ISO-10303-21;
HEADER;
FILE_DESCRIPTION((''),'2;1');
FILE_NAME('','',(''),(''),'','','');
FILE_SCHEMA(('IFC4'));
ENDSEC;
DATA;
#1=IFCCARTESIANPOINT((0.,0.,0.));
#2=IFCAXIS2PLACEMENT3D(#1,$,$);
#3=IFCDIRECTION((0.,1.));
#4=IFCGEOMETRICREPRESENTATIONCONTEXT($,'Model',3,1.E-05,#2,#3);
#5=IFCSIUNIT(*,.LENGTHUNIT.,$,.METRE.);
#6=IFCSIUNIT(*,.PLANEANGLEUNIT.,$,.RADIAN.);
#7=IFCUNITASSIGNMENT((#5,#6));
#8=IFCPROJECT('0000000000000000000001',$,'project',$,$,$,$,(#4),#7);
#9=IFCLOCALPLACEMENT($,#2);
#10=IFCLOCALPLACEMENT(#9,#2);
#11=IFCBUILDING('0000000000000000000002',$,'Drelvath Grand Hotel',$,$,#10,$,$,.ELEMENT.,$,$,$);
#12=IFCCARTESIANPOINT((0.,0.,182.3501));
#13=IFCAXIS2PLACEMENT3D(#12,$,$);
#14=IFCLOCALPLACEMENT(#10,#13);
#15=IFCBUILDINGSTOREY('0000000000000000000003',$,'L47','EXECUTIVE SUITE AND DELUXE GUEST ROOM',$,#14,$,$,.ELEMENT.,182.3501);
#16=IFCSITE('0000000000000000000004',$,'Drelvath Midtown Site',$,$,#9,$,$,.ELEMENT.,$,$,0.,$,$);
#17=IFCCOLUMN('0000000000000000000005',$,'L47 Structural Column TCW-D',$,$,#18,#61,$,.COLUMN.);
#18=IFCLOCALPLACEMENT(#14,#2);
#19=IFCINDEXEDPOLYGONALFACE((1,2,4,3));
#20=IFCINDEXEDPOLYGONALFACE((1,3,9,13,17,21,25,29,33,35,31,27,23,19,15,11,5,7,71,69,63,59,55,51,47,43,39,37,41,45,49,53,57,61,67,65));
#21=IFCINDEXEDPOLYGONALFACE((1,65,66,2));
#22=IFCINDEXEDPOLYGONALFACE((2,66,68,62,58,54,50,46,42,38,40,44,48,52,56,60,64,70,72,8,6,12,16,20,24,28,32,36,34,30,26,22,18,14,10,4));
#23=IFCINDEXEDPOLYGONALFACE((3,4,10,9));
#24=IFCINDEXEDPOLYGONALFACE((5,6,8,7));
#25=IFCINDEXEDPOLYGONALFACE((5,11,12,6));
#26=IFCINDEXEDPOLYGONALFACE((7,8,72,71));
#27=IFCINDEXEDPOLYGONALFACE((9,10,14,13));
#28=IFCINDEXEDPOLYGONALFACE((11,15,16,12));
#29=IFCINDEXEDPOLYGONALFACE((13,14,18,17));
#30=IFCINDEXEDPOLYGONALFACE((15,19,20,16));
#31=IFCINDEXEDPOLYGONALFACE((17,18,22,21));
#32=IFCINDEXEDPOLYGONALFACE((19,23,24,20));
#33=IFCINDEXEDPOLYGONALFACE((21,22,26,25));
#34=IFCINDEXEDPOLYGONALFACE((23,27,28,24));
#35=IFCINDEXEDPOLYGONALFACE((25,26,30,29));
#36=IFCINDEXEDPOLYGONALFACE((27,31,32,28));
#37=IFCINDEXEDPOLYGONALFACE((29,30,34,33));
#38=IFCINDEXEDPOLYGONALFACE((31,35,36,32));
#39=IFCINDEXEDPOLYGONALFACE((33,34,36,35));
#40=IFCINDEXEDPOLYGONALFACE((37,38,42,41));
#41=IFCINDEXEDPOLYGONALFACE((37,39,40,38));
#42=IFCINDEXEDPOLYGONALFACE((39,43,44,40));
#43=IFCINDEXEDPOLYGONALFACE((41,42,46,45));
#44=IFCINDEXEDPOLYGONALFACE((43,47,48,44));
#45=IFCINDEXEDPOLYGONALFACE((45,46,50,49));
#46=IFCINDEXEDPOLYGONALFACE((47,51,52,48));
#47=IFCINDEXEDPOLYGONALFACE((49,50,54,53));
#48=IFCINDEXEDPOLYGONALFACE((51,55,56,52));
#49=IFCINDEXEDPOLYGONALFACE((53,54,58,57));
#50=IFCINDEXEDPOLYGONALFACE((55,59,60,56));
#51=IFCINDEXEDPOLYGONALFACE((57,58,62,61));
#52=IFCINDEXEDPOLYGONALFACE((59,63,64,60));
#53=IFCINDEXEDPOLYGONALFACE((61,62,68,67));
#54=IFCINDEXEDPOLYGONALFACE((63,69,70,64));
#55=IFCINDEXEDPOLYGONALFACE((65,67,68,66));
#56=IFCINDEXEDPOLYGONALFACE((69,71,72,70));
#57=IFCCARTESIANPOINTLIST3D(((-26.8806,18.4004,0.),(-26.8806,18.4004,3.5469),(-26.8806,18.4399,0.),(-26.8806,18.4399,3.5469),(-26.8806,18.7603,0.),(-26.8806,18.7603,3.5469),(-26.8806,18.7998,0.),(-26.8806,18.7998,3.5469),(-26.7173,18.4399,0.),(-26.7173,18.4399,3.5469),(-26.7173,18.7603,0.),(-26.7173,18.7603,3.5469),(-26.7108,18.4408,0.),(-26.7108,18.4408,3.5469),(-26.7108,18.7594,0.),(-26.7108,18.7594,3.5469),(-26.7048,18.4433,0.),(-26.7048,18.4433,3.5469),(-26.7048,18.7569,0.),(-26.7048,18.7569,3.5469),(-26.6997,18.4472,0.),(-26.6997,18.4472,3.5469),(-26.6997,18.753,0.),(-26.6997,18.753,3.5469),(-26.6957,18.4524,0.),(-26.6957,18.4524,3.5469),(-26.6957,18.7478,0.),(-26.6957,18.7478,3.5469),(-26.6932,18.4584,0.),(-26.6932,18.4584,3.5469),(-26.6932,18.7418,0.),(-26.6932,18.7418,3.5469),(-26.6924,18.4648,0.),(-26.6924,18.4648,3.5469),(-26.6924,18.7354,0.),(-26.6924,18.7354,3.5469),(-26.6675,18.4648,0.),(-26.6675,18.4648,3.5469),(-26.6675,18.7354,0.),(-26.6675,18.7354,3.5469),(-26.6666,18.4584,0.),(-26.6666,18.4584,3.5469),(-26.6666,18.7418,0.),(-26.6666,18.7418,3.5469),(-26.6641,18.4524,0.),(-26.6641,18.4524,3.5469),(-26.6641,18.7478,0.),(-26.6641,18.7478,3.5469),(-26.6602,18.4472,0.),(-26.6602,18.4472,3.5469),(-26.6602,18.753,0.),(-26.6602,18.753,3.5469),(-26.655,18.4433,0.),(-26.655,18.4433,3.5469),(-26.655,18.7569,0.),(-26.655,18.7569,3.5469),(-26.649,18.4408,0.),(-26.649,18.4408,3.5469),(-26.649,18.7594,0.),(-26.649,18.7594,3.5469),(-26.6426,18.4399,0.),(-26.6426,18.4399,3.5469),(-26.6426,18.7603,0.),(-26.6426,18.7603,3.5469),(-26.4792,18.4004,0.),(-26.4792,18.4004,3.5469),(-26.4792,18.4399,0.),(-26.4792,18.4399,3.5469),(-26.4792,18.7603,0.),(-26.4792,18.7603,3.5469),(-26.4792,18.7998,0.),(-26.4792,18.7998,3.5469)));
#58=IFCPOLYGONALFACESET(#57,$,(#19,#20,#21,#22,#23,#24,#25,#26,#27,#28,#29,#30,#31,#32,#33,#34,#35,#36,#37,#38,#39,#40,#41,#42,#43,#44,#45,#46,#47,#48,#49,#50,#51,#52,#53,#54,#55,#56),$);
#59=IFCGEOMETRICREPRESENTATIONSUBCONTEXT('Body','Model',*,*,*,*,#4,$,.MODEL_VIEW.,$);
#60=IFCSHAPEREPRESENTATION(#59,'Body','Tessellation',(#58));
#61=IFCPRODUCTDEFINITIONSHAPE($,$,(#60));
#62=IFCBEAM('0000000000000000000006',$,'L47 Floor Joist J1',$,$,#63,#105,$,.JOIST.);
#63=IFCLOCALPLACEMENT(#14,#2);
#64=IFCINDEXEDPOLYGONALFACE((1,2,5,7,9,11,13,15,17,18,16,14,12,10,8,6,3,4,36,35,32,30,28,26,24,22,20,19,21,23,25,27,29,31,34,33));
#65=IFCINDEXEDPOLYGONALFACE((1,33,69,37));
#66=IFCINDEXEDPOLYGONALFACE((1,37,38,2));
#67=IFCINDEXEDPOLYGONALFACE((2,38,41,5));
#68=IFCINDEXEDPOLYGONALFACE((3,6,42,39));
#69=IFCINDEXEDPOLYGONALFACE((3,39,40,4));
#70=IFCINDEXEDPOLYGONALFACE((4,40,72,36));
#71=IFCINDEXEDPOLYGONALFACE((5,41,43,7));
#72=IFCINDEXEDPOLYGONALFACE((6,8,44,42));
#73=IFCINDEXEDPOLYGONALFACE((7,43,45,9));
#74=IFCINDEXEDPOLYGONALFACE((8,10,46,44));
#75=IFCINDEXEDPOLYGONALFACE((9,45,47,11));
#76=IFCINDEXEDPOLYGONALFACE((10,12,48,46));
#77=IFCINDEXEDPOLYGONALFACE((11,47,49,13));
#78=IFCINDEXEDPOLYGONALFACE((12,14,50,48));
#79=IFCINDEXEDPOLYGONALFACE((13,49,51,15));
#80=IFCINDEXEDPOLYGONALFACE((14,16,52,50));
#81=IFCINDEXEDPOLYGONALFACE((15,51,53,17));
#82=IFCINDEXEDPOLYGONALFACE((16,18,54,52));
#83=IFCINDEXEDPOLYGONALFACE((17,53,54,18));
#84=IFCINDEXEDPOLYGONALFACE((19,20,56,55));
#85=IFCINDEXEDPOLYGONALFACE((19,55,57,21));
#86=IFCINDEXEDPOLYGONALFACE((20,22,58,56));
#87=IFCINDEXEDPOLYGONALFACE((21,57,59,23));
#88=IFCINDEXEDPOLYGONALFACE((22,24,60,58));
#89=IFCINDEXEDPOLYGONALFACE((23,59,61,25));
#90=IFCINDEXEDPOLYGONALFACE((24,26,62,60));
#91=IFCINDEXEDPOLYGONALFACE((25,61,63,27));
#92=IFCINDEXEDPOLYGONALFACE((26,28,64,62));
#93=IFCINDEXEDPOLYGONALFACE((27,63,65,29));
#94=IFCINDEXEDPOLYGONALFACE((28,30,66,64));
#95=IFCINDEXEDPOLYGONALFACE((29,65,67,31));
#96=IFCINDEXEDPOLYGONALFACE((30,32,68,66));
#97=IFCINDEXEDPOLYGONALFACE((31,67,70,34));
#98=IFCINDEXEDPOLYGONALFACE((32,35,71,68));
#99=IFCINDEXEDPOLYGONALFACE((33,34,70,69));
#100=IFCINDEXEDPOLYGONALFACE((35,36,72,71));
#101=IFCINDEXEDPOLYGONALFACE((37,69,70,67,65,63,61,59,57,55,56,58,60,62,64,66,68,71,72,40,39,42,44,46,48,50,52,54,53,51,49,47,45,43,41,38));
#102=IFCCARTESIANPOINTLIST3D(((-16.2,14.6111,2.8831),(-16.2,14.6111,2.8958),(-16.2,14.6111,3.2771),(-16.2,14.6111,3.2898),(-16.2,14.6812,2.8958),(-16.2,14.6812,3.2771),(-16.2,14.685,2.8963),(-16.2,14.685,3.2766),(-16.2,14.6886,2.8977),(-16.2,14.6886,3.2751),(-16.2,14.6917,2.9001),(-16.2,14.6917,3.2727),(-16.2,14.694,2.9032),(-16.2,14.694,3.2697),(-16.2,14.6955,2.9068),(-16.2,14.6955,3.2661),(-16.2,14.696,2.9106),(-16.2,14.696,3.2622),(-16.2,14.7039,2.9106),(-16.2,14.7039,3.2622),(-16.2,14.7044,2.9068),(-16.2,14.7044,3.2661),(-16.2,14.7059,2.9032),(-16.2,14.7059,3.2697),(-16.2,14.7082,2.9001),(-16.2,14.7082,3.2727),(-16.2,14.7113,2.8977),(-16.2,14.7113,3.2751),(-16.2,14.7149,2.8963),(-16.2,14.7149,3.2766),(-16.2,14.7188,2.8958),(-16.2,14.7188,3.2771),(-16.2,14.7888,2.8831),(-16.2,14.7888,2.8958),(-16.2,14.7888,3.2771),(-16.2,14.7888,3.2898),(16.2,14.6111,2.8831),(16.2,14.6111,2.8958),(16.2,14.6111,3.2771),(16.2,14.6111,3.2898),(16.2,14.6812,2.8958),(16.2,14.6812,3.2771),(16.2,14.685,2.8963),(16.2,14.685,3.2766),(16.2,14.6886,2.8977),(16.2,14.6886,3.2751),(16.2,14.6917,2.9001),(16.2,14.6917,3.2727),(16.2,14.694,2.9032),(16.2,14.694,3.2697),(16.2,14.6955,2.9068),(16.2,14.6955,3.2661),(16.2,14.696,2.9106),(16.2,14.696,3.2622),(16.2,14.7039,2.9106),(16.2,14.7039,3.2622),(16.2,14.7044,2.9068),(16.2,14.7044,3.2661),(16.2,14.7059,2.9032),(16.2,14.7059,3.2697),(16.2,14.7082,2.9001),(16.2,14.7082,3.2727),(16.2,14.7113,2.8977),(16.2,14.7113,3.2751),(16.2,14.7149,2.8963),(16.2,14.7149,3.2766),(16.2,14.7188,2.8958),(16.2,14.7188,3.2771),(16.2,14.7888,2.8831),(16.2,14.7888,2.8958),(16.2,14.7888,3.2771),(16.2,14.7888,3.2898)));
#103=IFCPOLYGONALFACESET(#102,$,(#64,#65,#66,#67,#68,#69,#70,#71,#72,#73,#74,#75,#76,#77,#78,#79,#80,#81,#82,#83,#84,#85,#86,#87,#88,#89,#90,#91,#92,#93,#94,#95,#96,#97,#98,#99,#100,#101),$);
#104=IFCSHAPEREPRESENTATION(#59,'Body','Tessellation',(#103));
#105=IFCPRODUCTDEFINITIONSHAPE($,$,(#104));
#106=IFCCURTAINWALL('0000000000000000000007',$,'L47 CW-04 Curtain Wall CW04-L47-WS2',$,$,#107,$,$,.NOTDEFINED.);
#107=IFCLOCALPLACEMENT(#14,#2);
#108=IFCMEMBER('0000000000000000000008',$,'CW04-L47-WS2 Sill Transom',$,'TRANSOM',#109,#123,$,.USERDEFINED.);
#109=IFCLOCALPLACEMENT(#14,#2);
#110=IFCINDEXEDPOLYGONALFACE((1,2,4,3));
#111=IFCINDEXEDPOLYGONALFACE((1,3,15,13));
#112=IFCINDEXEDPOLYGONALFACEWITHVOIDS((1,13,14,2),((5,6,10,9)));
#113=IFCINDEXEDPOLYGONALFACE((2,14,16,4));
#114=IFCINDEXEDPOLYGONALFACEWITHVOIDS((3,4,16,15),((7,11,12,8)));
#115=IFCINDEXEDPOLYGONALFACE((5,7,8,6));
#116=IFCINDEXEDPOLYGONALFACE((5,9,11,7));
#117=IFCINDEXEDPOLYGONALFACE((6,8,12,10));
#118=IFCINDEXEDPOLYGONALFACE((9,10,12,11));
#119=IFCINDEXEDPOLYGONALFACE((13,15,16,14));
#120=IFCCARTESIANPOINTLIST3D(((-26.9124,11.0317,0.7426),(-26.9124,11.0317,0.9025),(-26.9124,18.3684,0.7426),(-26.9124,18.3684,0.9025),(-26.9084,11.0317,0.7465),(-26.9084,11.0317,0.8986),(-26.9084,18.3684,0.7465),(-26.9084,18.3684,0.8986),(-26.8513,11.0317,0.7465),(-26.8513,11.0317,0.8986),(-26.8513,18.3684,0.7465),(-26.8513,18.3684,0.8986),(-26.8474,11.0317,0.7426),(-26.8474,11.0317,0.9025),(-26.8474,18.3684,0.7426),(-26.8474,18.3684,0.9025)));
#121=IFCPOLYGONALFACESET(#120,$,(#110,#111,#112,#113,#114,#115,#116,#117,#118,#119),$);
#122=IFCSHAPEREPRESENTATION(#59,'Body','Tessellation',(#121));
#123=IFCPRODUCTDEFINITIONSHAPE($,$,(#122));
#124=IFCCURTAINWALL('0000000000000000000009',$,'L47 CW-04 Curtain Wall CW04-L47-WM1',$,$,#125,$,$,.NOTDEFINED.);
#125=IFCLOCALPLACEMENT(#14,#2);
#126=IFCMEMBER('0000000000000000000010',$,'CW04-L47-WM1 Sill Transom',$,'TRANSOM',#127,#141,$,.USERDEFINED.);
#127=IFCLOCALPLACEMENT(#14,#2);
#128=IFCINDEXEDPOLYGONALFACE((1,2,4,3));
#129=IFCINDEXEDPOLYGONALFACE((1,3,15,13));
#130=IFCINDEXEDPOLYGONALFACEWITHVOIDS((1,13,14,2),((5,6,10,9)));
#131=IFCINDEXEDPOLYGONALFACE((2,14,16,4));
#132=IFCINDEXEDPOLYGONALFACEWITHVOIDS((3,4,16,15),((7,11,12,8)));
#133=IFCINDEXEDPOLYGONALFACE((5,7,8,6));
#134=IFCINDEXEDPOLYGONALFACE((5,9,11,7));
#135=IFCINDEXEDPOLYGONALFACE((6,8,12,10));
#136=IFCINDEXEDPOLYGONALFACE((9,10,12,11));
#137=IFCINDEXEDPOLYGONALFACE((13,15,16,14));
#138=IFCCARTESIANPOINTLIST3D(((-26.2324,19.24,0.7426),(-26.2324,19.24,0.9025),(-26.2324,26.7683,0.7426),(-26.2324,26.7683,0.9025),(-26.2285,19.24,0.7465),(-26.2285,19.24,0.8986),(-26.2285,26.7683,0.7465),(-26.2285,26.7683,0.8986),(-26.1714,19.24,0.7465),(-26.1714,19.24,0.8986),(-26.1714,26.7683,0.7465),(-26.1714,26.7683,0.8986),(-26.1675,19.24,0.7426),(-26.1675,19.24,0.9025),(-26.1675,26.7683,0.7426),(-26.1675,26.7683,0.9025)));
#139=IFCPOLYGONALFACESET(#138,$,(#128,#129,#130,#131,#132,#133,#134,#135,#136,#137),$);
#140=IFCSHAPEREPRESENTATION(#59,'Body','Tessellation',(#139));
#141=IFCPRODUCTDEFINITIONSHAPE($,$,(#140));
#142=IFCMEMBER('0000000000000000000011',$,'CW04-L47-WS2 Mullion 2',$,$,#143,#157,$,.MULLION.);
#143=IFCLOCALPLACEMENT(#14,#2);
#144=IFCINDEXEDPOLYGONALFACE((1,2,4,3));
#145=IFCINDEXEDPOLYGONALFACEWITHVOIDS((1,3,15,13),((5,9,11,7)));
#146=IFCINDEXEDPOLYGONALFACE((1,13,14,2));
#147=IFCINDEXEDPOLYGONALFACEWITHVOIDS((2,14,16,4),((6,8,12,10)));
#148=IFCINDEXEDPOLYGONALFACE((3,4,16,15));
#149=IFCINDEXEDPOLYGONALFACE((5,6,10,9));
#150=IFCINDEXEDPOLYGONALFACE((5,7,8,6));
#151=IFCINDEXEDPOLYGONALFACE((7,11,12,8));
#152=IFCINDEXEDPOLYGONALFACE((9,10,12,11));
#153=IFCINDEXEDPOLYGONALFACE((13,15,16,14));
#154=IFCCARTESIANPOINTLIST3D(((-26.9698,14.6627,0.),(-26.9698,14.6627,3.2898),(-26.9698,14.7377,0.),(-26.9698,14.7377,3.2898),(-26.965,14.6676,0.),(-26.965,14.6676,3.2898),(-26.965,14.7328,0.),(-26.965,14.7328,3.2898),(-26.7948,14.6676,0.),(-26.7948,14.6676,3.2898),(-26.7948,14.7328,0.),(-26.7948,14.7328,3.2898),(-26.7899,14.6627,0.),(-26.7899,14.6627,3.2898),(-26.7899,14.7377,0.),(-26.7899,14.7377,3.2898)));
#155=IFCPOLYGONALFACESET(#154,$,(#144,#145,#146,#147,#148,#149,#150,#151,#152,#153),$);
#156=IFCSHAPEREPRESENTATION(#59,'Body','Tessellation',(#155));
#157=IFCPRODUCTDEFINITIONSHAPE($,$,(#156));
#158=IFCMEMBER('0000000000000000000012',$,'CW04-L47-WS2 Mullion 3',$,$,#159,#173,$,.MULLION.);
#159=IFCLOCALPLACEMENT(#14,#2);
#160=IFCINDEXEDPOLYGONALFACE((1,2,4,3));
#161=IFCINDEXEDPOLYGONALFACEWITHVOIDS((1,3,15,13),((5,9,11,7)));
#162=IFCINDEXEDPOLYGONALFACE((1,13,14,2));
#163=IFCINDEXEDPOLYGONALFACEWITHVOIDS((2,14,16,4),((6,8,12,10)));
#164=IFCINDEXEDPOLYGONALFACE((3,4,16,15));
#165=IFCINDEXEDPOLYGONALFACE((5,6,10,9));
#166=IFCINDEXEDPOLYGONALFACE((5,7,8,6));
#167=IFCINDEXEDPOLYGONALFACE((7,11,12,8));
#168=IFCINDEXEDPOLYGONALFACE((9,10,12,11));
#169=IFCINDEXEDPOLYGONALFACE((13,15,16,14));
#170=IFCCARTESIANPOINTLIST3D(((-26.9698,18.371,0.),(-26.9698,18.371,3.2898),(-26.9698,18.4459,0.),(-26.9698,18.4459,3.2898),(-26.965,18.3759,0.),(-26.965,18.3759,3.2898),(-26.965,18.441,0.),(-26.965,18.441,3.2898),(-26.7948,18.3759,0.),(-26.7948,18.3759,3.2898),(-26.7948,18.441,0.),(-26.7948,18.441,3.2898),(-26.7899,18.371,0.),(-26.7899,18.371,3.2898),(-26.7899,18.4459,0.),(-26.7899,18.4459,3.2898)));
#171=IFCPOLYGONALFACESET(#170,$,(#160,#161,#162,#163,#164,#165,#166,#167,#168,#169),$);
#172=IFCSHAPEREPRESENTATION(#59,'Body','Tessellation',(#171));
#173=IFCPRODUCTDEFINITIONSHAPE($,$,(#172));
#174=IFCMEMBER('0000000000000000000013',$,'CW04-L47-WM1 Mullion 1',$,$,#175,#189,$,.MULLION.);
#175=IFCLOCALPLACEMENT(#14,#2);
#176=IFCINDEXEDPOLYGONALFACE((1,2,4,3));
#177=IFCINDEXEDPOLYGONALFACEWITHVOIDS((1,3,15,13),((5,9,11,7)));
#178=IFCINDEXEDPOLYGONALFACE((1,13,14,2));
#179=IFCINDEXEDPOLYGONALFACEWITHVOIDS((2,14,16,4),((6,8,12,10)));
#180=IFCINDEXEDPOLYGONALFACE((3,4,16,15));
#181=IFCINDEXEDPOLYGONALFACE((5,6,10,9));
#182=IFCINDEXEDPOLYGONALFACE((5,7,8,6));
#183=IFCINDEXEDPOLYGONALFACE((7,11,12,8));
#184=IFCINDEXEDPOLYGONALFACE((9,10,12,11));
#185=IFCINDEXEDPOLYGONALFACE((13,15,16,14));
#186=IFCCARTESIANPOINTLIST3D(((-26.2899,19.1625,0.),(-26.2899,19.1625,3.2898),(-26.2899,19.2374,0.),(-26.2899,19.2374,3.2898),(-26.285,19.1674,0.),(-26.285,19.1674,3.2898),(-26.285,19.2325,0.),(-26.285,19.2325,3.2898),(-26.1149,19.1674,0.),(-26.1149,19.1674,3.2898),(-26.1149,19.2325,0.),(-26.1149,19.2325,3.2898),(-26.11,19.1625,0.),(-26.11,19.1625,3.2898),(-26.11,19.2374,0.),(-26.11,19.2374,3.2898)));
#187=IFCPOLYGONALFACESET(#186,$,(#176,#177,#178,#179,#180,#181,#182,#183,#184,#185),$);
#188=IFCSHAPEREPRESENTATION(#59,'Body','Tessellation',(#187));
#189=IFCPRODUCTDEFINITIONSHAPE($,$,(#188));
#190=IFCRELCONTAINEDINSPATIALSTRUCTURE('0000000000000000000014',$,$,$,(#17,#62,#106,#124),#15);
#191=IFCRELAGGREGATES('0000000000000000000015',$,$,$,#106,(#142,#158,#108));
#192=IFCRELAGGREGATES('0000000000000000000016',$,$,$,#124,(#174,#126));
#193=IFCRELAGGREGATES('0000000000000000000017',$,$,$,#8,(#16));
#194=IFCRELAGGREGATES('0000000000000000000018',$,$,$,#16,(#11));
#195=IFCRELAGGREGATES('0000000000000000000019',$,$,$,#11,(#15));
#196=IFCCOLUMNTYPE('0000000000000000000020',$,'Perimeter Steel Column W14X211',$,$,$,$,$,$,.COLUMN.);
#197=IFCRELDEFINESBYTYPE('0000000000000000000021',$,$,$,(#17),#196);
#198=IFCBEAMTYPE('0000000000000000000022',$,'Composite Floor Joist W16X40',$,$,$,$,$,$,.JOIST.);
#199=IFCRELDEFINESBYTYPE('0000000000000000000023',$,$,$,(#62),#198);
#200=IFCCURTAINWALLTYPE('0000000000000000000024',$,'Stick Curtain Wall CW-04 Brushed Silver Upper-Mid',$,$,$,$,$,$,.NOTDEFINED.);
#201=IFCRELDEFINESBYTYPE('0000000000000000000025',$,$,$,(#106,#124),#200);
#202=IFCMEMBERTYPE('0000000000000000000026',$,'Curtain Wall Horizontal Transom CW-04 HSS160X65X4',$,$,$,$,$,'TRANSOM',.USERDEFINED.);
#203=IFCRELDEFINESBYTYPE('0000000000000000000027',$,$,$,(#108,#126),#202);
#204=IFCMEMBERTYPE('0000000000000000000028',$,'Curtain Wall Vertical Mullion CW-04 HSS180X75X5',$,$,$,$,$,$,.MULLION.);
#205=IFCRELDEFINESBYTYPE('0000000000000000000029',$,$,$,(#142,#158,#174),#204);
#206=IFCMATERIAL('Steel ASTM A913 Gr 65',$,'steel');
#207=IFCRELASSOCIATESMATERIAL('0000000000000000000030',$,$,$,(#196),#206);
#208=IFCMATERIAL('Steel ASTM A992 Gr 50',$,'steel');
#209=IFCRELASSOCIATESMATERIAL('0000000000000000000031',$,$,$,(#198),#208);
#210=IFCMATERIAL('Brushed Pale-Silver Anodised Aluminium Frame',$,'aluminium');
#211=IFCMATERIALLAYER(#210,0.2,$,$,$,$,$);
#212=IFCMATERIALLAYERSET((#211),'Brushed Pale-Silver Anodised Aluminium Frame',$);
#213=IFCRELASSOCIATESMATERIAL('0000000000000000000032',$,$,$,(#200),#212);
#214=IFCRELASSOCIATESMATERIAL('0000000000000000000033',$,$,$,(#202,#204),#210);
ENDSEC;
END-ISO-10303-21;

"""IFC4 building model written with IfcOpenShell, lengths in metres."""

from ifc_helpers import new_model, si_unit, direction, frame, origin, origin_2d, place, context, subcontext, project, spatial, hollow_rectangle, i_section, extrude, material, layer, layer_set, material_profile, profile_set, type_object, element, aggregate, save


model = new_model("IFC4")

# Units and contexts
model_context = context("Model", 3, precision=1e-05, world=origin(), true_north=direction((0.0, 1.0)))
body_context = subcontext(model_context, "Body", "Model", "MODEL_VIEW")
ifc_project = project(units=[si_unit("LENGTHUNIT", "METRE"), si_unit("PLANEANGLEUNIT", "RADIAN")], contexts=[model_context])

# Site, building, storey
site_placement = place(None, origin())
site = spatial("IfcSite", under=ifc_project, at=site_placement, Name="Drelvath Midtown Site", CompositionType="ELEMENT", RefElevation=0.0)
building_placement = place(site_placement, origin())
building = spatial("IfcBuilding", under=site, at=building_placement, Name="Drelvath Grand Hotel", CompositionType="ELEMENT")
storey_placement = place(building_placement, frame((0.0, 0.0, 182.3501)))
storey = spatial("IfcBuildingStorey", under=building, at=storey_placement, Name="L47", Description="EXECUTIVE SUITE AND DELUXE GUEST ROOM", CompositionType="ELEMENT", Elevation=182.3501)

# Column
ifc_material_1 = material(Name="Steel ASTM A913 Gr 65", Category="steel")
ifc_material_profile_1 = material_profile(ifc_material_1, i_section(OverallWidth=0.4014, OverallDepth=0.3994, WebThickness=0.0249, FlangeThickness=0.0396, FilletRadius=0.0249, at=origin_2d()), Name="W14X211")
ifc_profile_set_1 = profile_set([ifc_material_profile_1], Name="Steel ASTM A913 Gr 65")
column_type = type_object("IfcColumnType", Name="Perimeter Steel Column W14X211", PredefinedType="COLUMN", material=ifc_profile_set_1)
column_placement = place(storey_placement, frame((-26.6799, 18.6001, 0.0), z_axis=(0.0, 0.0, 1.0), x_axis=(1.0, 0.0, 0.0)))
element("IfcColumn", 1, at=column_placement, inside=storey, type_object=column_type, Name="L47 Structural Column TCW-D", PredefinedType="COLUMN", context=body_context, shape_type="SweptSolid", body=[
    extrude(i_section(OverallWidth=0.4014, OverallDepth=0.3994, WebThickness=0.0249, FlangeThickness=0.0396, FilletRadius=0.0249, at=origin_2d()), origin(), (0.0, 0.0, 1.0), 3.5469),
])

# Beam
ifc_material_2 = material(Name="Steel ASTM A992 Gr 50", Category="steel")
ifc_material_profile_2 = material_profile(ifc_material_2, i_section(OverallWidth=0.1777, OverallDepth=0.4067, WebThickness=0.0078, FlangeThickness=0.0127, FilletRadius=0.0149, at=origin_2d()), Name="W16X40")
ifc_profile_set_2 = profile_set([ifc_material_profile_2], Name="Steel ASTM A992 Gr 50")
beam_type_1 = type_object("IfcBeamType", Name="Composite Floor Joist W16X40", PredefinedType="JOIST", material=ifc_profile_set_2)
beam_1_placement = place(storey_placement, frame((-16.2, 14.7, 3.0864), z_axis=(1.0, 0.0, 0.0), x_axis=(0.0, 1.0, 0.0)))
element("IfcBeam", 2, at=beam_1_placement, inside=storey, type_object=beam_type_1, Name="L47 Floor Joist J1", PredefinedType="JOIST", context=body_context, shape_type="SweptSolid", body=[
    extrude(i_section(OverallWidth=0.1777, OverallDepth=0.4067, WebThickness=0.0078, FlangeThickness=0.0127, FilletRadius=0.0149, at=origin_2d()), origin(), (0.0, 0.0, 1.0), 32.3999),
])

# Curtain walls, members
ifc_material_3 = material(Name="Brushed Pale-Silver Anodised Aluminium Frame", Category="aluminium")
ifc_layer_1 = layer(ifc_material_3, 0.2)
ifc_layer_set_1 = layer_set([ifc_layer_1], Name="Brushed Pale-Silver Anodised Aluminium Frame")
curtain_wall_type = type_object("IfcCurtainWallType", Name="Stick Curtain Wall CW-04 Brushed Silver Upper-Mid", PredefinedType="NOTDEFINED", material=ifc_layer_set_1)
curtain_wall_1_placement = place(storey_placement, origin())
curtain_wall_1 = element("IfcCurtainWall", 3, at=curtain_wall_1_placement, inside=storey, type_object=curtain_wall_type, Name="L47 CW-04 Curtain Wall CW04-L47-WS2", PredefinedType="NOTDEFINED")
ifc_material_profile_3 = material_profile(ifc_material_3, hollow_rectangle(XDim=0.0649, YDim=0.1599, WallThickness=0.0039, at=origin_2d()), Name="HSS160X65X4")
ifc_profile_set_3 = profile_set([ifc_material_profile_3], Name="Brushed Pale-Silver Anodised Aluminium Frame")
member_type_1 = type_object("IfcMemberType", Name="Curtain Wall Horizontal Transom CW-04 HSS160X65X4", ElementType="TRANSOM", PredefinedType="USERDEFINED", material=ifc_profile_set_3)
member_1_placement = place(storey_placement, frame((-26.8799, 11.0317, 0.8225), z_axis=(0.0, 1.0, 0.0), x_axis=(-1.0, 0.0, 0.0)))
member_1 = element("IfcMember", 4, at=member_1_placement, type_object=member_type_1, Name="CW04-L47-WS2 Sill Transom", ObjectType="TRANSOM", PredefinedType="USERDEFINED", context=body_context, shape_type="SweptSolid", body=[
    extrude(hollow_rectangle(XDim=0.0649, YDim=0.1599, WallThickness=0.0039, at=origin_2d()), origin(), (0.0, 0.0, 1.0), 7.3367),
])
curtain_wall_2_placement = place(storey_placement, origin())
curtain_wall_2 = element("IfcCurtainWall", 5, at=curtain_wall_2_placement, inside=storey, type_object=curtain_wall_type, Name="L47 CW-04 Curtain Wall CW04-L47-WM1", PredefinedType="NOTDEFINED")
member_2_placement = place(storey_placement, frame((-26.2, 19.24, 0.8225), z_axis=(0.0, 1.0, 0.0), x_axis=(-1.0, 0.0, 0.0)))
member_2 = element("IfcMember", 6, at=member_2_placement, type_object=member_type_1, Name="CW04-L47-WM1 Sill Transom", ObjectType="TRANSOM", PredefinedType="USERDEFINED", context=body_context, shape_type="SweptSolid", body=[
    extrude(hollow_rectangle(XDim=0.0649, YDim=0.1599, WallThickness=0.0039, at=origin_2d()), origin(), (0.0, 0.0, 1.0), 7.5283),
])

# Members
ifc_material_profile_4 = material_profile(ifc_material_3, hollow_rectangle(XDim=0.075, YDim=0.1799, WallThickness=0.0049, at=origin_2d()), Name="HSS180X75X5")
ifc_profile_set_4 = profile_set([ifc_material_profile_4], Name="Brushed Pale-Silver Anodised Aluminium Frame")
member_type_2 = type_object("IfcMemberType", Name="Curtain Wall Vertical Mullion CW-04 HSS180X75X5", PredefinedType="MULLION", material=ifc_profile_set_4)
member_3_placement = place(storey_placement, frame((-26.8799, 14.7002, 0.0), z_axis=(0.0, 0.0, 1.0), x_axis=(0.0, 1.0, 0.0)))
member_3 = element("IfcMember", 7, at=member_3_placement, type_object=member_type_2, Name="CW04-L47-WS2 Mullion 2", PredefinedType="MULLION", context=body_context, shape_type="SweptSolid", body=[
    extrude(hollow_rectangle(XDim=0.075, YDim=0.1799, WallThickness=0.0049, at=origin_2d()), origin(), (0.0, 0.0, 1.0), 3.2898),
])
member_4_placement = place(storey_placement, frame((-26.8799, 18.4084, 0.0), z_axis=(0.0, 0.0, 1.0), x_axis=(0.0, 1.0, 0.0)))
member_4 = element("IfcMember", 8, at=member_4_placement, type_object=member_type_2, Name="CW04-L47-WS2 Mullion 3", PredefinedType="MULLION", context=body_context, shape_type="SweptSolid", body=[
    extrude(hollow_rectangle(XDim=0.075, YDim=0.1799, WallThickness=0.0049, at=origin_2d()), origin(), (0.0, 0.0, 1.0), 3.2898),
])
member_5_placement = place(storey_placement, frame((-26.2, 19.2, 0.0), z_axis=(0.0, 0.0, 1.0), x_axis=(0.0, 1.0, 0.0)))
member_5 = element("IfcMember", 9, at=member_5_placement, type_object=member_type_2, Name="CW04-L47-WM1 Mullion 1", PredefinedType="MULLION", context=body_context, shape_type="SweptSolid", body=[
    extrude(hollow_rectangle(XDim=0.075, YDim=0.1799, WallThickness=0.0049, at=origin_2d()), origin(), (0.0, 0.0, 1.0), 3.2898),
])

aggregate(curtain_wall_1, [member_3, member_4, member_1])
aggregate(curtain_wall_2, [member_5, member_2])

save(model, "model.ifc")
